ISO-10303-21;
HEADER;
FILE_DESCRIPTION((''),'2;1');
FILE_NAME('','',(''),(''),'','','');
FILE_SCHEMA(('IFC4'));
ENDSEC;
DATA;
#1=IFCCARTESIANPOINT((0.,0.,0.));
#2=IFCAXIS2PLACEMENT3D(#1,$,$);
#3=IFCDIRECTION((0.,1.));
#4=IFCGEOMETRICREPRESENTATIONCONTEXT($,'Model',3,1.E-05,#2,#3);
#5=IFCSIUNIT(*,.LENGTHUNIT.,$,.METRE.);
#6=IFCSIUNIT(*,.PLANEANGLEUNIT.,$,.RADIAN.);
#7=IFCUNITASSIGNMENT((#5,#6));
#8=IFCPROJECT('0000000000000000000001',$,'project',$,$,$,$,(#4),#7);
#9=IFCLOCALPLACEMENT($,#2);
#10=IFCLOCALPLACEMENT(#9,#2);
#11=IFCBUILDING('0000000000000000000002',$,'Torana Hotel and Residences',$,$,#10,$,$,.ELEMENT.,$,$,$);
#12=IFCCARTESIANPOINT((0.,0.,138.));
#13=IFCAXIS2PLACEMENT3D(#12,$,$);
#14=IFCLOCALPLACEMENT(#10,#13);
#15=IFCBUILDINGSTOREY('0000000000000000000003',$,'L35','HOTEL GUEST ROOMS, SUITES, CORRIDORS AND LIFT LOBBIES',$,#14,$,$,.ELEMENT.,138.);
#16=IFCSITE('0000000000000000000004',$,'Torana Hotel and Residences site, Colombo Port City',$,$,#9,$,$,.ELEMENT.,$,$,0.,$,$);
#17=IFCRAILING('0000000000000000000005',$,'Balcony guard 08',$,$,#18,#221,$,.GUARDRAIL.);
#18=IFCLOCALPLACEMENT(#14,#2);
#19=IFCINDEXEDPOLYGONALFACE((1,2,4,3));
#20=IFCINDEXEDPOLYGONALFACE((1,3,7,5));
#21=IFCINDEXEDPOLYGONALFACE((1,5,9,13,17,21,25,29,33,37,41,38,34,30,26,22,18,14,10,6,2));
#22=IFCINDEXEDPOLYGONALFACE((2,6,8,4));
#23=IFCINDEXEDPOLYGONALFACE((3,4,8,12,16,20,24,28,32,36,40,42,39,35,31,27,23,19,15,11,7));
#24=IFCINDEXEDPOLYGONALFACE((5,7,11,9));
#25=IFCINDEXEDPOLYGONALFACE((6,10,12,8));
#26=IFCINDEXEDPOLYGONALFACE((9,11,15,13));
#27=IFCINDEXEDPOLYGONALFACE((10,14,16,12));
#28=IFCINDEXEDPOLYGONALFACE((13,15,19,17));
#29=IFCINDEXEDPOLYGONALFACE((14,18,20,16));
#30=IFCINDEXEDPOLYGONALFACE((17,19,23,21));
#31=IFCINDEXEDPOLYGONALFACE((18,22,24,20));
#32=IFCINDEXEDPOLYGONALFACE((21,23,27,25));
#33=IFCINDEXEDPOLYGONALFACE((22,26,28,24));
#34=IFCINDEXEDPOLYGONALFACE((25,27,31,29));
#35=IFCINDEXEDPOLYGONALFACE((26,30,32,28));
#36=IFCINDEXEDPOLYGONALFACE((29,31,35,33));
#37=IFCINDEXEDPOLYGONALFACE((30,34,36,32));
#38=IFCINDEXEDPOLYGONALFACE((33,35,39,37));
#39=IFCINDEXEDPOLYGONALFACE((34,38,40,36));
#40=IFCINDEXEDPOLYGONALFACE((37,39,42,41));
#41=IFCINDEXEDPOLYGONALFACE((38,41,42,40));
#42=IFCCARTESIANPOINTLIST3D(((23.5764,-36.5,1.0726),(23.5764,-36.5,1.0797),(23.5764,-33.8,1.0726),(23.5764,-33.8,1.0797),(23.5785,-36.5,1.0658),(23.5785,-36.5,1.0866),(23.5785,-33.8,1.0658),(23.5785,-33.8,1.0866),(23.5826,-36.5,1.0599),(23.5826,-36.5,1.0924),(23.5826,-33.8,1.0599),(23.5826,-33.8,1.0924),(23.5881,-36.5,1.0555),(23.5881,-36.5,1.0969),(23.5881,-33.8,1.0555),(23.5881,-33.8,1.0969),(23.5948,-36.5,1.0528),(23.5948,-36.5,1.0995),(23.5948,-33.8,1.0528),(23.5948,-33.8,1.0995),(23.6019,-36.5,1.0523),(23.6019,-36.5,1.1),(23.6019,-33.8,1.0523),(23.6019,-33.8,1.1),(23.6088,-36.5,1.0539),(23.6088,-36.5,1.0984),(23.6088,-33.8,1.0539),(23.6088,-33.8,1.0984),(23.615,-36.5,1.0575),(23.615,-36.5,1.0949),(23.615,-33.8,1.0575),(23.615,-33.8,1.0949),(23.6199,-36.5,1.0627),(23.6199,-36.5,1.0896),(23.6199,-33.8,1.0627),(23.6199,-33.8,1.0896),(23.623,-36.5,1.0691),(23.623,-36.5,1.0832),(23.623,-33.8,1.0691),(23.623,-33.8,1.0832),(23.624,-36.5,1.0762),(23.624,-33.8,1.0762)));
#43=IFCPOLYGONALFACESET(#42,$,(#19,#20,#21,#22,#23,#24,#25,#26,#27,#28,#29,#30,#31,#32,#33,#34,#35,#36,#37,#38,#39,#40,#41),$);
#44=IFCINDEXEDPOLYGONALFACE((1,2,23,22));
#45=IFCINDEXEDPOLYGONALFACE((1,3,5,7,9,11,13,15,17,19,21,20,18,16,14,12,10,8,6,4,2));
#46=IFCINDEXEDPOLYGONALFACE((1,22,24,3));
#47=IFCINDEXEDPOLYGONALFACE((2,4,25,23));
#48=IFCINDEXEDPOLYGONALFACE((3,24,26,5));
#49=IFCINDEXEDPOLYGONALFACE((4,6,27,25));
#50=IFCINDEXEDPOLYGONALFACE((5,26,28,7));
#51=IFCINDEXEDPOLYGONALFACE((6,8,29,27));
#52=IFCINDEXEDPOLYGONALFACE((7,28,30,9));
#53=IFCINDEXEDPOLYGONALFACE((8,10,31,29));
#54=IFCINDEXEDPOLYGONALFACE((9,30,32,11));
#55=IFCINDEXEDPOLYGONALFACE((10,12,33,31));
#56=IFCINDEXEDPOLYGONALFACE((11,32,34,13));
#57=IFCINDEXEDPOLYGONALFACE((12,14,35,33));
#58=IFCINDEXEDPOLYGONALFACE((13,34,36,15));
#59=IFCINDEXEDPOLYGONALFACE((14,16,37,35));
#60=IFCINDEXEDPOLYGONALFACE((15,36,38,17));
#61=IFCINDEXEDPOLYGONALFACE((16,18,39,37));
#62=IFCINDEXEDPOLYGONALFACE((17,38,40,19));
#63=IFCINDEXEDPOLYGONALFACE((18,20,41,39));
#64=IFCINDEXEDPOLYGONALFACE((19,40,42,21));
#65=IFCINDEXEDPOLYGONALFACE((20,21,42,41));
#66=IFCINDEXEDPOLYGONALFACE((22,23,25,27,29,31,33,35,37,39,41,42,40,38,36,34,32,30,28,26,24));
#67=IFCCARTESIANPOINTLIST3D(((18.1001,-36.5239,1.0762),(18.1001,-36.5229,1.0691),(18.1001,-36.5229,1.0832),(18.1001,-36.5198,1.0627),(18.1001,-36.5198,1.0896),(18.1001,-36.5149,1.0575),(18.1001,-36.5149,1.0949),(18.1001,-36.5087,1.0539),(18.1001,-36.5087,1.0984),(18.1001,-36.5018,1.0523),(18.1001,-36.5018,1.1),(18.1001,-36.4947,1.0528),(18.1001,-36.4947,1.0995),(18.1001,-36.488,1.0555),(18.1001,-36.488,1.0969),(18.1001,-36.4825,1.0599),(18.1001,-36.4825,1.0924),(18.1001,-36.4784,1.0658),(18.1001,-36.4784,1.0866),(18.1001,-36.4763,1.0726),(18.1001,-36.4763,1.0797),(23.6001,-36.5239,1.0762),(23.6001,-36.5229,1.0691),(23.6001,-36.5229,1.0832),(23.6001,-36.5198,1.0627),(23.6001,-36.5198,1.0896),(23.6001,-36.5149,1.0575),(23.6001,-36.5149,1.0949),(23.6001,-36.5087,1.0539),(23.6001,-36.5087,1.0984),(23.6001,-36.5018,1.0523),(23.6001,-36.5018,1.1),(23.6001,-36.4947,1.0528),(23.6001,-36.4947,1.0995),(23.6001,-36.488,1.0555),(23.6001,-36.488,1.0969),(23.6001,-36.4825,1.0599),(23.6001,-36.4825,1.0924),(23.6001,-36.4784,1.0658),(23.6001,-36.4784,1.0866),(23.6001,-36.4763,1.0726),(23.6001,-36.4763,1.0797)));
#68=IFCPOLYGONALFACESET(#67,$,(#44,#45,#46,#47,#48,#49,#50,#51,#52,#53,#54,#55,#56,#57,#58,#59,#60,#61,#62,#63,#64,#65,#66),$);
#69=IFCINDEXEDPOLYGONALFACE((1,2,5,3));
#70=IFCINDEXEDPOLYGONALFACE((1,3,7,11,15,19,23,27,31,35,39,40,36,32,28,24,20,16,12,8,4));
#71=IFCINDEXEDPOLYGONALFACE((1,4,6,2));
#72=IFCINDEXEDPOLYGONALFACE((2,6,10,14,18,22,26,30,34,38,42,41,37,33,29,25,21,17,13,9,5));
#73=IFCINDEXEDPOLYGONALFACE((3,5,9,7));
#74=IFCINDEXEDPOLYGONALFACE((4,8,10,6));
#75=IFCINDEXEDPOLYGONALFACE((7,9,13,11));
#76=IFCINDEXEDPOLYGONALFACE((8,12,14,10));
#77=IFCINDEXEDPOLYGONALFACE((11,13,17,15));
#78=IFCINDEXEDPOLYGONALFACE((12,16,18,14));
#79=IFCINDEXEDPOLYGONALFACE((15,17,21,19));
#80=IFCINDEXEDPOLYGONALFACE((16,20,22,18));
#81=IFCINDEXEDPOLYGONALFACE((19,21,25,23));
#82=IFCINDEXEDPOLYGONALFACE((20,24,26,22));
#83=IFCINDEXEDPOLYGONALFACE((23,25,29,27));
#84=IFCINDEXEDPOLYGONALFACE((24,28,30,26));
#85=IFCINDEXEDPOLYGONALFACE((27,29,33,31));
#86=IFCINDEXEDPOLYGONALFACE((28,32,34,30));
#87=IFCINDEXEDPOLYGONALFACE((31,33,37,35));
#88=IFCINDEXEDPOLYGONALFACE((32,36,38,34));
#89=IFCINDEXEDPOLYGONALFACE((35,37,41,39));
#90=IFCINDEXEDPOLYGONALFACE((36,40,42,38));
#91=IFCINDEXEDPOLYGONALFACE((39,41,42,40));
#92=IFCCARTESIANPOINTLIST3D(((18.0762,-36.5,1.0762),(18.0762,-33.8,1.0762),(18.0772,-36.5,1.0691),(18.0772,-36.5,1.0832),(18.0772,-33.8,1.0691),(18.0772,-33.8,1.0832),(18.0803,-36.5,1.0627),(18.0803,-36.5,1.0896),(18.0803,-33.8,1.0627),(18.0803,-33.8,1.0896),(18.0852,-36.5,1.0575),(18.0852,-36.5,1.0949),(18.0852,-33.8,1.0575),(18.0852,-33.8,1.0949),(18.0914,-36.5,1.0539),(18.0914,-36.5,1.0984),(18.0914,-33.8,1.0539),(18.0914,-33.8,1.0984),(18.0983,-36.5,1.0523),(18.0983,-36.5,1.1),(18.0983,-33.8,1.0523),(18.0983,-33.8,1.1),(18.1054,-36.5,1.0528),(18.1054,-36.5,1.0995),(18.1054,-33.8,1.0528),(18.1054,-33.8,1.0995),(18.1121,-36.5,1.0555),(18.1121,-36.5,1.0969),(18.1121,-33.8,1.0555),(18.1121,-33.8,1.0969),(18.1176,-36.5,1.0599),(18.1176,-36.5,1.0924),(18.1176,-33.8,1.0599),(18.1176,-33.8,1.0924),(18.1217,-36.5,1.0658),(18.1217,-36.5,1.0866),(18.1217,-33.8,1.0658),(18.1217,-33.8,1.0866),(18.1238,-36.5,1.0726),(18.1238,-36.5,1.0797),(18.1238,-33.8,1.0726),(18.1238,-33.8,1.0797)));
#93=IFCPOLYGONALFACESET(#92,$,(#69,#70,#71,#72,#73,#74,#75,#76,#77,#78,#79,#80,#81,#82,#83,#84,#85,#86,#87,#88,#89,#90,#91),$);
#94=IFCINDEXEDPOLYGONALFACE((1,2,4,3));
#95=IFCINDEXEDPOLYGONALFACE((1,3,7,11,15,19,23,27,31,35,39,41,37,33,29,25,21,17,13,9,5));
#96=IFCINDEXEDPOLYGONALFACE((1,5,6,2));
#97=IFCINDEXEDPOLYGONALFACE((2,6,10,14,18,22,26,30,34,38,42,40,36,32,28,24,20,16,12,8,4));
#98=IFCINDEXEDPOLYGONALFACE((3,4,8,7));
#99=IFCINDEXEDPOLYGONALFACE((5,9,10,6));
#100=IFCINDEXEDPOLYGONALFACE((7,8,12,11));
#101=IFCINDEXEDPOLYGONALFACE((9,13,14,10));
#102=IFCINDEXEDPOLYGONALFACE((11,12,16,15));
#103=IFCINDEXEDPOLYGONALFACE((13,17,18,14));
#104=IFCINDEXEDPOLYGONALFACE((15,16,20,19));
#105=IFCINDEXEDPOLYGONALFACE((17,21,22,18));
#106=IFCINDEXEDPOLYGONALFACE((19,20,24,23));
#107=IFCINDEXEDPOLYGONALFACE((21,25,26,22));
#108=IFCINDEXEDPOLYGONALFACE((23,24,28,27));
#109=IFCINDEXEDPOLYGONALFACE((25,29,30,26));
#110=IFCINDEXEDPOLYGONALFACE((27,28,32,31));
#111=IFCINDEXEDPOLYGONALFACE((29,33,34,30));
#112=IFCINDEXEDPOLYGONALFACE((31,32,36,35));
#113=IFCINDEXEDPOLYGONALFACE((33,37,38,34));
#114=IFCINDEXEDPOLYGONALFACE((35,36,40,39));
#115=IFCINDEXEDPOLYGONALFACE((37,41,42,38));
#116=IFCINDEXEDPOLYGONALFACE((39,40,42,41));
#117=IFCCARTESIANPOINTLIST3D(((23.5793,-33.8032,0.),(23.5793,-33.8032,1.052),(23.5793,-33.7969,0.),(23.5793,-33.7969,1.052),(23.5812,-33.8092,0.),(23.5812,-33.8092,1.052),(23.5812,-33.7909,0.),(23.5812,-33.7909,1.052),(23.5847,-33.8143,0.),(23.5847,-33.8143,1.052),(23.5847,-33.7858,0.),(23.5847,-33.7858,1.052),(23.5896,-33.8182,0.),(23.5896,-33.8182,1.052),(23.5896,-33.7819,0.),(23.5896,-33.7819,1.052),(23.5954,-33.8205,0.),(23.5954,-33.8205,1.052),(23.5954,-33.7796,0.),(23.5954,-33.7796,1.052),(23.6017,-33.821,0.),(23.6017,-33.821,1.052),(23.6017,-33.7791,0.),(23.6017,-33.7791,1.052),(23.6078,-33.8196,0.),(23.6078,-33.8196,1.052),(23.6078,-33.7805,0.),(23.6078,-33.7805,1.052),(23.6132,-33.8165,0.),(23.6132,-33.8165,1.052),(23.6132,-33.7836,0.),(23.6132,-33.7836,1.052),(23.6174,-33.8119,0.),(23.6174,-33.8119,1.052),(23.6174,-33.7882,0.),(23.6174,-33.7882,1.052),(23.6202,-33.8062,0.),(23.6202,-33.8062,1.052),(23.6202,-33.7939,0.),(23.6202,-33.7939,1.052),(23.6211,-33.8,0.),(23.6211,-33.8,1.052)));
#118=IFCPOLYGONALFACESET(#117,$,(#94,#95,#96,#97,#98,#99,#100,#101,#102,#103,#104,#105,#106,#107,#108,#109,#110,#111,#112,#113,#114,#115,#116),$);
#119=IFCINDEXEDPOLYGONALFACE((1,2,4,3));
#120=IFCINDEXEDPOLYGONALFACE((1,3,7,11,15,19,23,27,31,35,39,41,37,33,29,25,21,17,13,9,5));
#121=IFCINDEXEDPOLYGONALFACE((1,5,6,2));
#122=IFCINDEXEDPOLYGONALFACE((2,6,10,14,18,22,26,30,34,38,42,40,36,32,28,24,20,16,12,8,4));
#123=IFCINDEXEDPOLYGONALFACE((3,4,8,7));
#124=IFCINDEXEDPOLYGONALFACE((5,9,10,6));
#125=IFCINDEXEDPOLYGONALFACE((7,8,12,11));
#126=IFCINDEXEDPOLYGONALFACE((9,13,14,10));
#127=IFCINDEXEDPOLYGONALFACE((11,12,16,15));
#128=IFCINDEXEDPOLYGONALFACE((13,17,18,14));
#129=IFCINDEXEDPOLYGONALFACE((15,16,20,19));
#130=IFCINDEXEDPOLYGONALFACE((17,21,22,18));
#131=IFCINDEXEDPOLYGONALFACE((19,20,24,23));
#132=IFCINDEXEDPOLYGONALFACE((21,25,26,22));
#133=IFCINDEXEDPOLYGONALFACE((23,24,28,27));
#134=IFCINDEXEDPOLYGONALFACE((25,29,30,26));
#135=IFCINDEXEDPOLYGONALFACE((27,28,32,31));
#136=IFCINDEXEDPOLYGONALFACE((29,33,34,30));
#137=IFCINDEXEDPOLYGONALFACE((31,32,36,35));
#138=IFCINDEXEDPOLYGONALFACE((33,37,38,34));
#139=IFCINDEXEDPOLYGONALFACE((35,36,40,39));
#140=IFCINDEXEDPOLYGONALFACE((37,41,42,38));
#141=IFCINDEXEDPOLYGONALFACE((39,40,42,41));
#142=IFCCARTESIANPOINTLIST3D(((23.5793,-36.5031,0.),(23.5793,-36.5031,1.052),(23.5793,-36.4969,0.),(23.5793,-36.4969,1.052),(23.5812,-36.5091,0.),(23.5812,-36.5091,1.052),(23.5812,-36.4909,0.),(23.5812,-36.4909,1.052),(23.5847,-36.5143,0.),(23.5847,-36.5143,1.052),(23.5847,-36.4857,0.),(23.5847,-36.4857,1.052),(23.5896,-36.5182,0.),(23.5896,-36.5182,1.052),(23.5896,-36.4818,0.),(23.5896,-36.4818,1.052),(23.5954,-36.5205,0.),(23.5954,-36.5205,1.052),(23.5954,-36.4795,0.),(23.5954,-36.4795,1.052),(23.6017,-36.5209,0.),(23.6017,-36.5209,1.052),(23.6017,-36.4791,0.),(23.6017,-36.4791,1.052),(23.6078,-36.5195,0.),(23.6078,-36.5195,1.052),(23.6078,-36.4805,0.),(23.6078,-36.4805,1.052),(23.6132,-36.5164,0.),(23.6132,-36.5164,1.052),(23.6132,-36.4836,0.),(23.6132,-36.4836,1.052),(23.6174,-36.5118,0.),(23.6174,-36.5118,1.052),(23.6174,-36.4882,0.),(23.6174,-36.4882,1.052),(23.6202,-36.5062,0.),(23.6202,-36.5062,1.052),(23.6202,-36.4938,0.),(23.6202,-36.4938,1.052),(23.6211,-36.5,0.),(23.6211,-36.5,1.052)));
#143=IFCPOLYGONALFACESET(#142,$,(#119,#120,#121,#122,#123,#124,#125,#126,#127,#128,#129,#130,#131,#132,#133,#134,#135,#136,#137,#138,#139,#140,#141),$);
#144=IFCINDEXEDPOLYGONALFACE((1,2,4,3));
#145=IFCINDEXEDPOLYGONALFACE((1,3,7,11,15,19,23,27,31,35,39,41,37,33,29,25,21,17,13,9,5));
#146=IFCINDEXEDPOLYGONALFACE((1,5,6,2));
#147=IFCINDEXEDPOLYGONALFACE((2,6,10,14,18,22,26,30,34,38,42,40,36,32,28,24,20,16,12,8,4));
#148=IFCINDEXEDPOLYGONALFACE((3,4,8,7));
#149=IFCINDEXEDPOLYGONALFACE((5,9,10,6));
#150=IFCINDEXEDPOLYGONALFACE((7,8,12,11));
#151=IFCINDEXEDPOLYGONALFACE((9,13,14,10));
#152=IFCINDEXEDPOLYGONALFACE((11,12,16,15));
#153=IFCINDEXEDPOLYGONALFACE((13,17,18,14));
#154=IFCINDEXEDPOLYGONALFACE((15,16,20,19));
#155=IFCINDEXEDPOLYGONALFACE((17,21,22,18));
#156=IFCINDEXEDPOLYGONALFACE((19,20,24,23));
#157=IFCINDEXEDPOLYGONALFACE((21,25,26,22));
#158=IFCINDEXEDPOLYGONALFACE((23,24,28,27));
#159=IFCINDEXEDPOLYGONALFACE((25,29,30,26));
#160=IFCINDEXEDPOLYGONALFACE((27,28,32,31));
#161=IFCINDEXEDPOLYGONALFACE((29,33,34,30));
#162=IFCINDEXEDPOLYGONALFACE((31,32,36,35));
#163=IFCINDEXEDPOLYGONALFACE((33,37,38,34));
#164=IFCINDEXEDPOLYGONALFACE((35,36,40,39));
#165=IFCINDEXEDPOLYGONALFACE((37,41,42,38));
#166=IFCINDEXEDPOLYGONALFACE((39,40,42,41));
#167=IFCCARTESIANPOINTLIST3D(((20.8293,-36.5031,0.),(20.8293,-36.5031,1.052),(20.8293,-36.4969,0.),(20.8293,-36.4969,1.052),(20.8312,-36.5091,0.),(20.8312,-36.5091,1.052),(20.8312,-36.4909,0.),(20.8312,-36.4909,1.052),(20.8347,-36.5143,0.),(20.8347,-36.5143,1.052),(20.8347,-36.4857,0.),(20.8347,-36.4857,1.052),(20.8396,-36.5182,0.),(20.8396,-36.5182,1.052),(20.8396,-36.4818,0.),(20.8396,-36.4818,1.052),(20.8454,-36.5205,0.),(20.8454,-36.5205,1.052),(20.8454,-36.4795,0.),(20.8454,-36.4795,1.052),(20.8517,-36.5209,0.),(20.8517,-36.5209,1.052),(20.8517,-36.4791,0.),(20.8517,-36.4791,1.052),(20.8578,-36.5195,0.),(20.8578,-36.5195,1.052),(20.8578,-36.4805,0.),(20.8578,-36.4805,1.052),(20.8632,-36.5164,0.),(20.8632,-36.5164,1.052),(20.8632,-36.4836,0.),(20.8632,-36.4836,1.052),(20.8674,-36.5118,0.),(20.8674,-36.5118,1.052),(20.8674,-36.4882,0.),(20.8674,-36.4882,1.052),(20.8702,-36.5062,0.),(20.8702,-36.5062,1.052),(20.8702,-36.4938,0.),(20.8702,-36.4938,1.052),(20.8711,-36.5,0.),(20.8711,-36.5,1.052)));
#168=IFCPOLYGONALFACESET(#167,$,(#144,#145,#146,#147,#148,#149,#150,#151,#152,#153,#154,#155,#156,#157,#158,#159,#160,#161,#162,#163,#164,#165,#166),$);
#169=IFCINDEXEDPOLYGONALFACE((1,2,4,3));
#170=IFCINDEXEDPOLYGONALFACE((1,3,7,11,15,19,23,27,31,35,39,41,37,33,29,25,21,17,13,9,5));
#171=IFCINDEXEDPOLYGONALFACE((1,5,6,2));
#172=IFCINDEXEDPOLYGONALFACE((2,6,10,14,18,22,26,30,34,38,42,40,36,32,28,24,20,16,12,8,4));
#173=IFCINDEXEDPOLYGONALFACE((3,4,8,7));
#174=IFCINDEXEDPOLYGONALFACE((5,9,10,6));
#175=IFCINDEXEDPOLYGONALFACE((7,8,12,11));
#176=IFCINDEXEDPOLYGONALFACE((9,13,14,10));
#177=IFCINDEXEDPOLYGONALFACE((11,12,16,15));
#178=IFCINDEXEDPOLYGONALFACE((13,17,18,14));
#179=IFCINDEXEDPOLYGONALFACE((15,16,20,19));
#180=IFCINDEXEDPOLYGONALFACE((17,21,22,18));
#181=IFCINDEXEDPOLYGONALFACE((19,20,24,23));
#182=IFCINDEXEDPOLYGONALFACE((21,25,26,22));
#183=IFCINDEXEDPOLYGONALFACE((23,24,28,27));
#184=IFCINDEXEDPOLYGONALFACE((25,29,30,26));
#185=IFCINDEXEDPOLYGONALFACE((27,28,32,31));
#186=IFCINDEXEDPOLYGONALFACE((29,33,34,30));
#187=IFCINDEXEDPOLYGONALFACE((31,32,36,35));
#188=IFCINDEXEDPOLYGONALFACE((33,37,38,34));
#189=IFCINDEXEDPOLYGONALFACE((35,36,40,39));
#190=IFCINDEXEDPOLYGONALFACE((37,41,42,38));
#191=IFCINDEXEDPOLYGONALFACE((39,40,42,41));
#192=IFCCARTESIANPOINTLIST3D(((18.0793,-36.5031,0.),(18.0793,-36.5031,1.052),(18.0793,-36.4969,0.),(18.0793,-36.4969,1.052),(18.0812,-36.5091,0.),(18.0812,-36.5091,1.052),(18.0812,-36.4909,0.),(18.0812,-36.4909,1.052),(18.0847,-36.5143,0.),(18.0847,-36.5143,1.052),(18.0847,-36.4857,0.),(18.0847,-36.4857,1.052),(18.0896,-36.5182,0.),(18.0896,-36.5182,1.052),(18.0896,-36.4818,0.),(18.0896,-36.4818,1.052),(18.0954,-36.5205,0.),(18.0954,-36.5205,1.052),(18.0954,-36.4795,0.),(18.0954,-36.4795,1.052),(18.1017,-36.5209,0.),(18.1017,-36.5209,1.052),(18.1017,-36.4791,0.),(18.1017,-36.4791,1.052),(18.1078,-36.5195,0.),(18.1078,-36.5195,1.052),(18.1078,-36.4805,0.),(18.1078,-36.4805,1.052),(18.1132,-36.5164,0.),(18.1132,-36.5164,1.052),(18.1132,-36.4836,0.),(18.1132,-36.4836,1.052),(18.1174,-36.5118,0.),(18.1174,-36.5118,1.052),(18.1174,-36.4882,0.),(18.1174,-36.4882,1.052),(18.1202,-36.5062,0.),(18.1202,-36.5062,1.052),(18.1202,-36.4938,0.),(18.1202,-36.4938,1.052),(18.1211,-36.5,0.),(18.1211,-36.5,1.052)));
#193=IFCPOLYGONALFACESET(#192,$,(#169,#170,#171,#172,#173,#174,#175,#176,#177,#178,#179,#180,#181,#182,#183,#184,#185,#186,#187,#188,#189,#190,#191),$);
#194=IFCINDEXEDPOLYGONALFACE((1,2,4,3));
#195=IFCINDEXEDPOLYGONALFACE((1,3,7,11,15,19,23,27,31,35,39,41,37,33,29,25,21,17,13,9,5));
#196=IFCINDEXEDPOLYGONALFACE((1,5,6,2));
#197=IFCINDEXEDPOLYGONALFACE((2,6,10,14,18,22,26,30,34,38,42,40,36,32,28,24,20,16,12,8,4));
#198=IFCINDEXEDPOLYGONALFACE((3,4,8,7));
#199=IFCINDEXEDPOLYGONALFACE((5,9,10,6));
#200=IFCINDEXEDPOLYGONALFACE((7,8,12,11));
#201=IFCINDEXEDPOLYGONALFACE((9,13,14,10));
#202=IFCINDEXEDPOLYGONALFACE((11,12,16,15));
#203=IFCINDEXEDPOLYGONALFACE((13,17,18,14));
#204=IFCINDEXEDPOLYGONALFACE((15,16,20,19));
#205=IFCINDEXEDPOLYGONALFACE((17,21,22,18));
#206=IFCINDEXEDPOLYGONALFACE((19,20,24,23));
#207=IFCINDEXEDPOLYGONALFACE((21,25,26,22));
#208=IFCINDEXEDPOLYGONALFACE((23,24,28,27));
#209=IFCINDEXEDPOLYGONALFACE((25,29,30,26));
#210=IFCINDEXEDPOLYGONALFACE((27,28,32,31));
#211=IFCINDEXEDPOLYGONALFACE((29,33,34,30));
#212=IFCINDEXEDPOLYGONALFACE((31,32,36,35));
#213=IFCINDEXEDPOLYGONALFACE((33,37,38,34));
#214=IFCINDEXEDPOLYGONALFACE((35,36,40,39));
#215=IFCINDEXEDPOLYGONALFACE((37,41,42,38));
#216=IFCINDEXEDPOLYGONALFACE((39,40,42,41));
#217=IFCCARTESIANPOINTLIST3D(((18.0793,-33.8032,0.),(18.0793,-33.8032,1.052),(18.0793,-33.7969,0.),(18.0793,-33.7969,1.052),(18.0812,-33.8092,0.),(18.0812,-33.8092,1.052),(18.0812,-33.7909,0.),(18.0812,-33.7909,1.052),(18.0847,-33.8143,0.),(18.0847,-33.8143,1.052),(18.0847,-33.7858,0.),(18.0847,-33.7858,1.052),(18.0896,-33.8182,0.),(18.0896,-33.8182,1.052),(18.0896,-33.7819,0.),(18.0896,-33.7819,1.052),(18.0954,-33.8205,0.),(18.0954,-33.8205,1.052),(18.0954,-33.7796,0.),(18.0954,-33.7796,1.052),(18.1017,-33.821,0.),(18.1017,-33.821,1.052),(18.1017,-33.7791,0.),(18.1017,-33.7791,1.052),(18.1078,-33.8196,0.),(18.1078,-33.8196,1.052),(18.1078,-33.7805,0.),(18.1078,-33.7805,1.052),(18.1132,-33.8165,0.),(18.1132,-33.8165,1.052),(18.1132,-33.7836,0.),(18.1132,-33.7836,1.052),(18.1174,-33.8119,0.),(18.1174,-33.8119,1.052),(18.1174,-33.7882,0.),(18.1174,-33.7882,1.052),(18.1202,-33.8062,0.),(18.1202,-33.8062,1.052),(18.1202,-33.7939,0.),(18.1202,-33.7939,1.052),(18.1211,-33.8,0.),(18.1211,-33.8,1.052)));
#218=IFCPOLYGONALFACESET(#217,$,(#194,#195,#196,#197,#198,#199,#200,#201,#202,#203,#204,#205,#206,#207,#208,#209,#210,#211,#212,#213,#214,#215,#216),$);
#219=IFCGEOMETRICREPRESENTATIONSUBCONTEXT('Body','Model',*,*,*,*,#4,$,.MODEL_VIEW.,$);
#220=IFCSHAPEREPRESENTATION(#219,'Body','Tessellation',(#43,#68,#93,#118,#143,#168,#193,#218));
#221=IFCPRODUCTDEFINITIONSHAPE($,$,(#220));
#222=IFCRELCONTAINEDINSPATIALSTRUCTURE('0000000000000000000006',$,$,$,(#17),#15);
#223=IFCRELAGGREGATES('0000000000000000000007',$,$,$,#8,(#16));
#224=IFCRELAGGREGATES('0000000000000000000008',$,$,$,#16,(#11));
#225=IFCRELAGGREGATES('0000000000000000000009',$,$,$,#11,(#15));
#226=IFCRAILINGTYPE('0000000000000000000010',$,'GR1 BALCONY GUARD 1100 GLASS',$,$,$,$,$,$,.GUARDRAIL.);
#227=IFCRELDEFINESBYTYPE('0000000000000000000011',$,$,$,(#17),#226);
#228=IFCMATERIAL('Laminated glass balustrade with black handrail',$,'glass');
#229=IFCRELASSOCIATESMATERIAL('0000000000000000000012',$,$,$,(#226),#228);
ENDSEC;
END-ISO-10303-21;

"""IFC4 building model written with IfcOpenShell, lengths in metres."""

from ifc_helpers import new_model, si_unit, direction, frame, origin, origin_2d, place, context, subcontext, project, spatial, circle, extrude, material, type_object, element, save


model = new_model("IFC4")

# Units and contexts
model_context = context("Model", 3, precision=1e-05, world=origin(), true_north=direction((0.0, 1.0)))
body_context = subcontext(model_context, "Body", "Model", "MODEL_VIEW")
ifc_project = project(units=[si_unit("LENGTHUNIT", "METRE"), si_unit("PLANEANGLEUNIT", "RADIAN")], contexts=[model_context])

# Site, building, storey
site_placement = place(None, origin())
site = spatial("IfcSite", under=ifc_project, at=site_placement, Name="Torana Hotel and Residences site, Colombo Port City", CompositionType="ELEMENT", RefElevation=0.0)
building_placement = place(site_placement, origin())
building = spatial("IfcBuilding", under=site, at=building_placement, Name="Torana Hotel and Residences", CompositionType="ELEMENT")
storey_placement = place(building_placement, frame((0.0, 0.0, 138.0)))
storey = spatial("IfcBuildingStorey", under=building, at=storey_placement, Name="L35", Description="HOTEL GUEST ROOMS, SUITES, CORRIDORS AND LIFT LOBBIES", CompositionType="ELEMENT", Elevation=138.0)

# Railing
ifc_material_1 = material(Name="Laminated glass balustrade with black handrail", Category="glass")
railing_type = type_object("IfcRailingType", Name="GR1 BALCONY GUARD 1100 GLASS", PredefinedType="GUARDRAIL", material=ifc_material_1)
railing_1_placement = place(storey_placement, frame((23.6001, -33.8, 0.0)))
element("IfcRailing", 1, at=railing_1_placement, inside=storey, type_object=railing_type, Name="Balcony guard 08", PredefinedType="GUARDRAIL", context=body_context, shape_type="SweptSolid", body=[
    extrude(circle(Radius=0.0239, at=origin_2d()), frame((0.0, 0.0, 1.0762), z_axis=(0.0, -1.0, 0.0), x_axis=(1.0, 0.0, 0.0)), (0.0, 0.0, 1.0), 2.7),
    extrude(circle(Radius=0.0239, at=origin_2d()), frame((0.0, -2.7, 1.0762), z_axis=(-1.0, 0.0, 0.0), x_axis=(0.0, -1.0, 0.0)), (0.0, 0.0, 1.0), 5.5),
    extrude(circle(Radius=0.0239, at=origin_2d()), frame((-5.5, -2.7, 1.0762), z_axis=(0.0, 1.0, 0.0), x_axis=(-1.0, 0.0, 0.0)), (0.0, 0.0, 1.0), 2.7),
    extrude(circle(Radius=0.021, at=origin_2d()), origin(), (0.0, 0.0, 1.0), 1.052),
    extrude(circle(Radius=0.021, at=origin_2d()), frame((0.0, -2.7, 0.0)), (0.0, 0.0, 1.0), 1.052),
    extrude(circle(Radius=0.021, at=origin_2d()), frame((-2.75, -2.7, 0.0)), (0.0, 0.0, 1.0), 1.052),
    extrude(circle(Radius=0.021, at=origin_2d()), frame((-5.5, -2.7, 0.0)), (0.0, 0.0, 1.0), 1.052),
    extrude(circle(Radius=0.021, at=origin_2d()), frame((-5.5, 0.0, 0.0)), (0.0, 0.0, 1.0), 1.052),
])

save(model, "model.ifc")
